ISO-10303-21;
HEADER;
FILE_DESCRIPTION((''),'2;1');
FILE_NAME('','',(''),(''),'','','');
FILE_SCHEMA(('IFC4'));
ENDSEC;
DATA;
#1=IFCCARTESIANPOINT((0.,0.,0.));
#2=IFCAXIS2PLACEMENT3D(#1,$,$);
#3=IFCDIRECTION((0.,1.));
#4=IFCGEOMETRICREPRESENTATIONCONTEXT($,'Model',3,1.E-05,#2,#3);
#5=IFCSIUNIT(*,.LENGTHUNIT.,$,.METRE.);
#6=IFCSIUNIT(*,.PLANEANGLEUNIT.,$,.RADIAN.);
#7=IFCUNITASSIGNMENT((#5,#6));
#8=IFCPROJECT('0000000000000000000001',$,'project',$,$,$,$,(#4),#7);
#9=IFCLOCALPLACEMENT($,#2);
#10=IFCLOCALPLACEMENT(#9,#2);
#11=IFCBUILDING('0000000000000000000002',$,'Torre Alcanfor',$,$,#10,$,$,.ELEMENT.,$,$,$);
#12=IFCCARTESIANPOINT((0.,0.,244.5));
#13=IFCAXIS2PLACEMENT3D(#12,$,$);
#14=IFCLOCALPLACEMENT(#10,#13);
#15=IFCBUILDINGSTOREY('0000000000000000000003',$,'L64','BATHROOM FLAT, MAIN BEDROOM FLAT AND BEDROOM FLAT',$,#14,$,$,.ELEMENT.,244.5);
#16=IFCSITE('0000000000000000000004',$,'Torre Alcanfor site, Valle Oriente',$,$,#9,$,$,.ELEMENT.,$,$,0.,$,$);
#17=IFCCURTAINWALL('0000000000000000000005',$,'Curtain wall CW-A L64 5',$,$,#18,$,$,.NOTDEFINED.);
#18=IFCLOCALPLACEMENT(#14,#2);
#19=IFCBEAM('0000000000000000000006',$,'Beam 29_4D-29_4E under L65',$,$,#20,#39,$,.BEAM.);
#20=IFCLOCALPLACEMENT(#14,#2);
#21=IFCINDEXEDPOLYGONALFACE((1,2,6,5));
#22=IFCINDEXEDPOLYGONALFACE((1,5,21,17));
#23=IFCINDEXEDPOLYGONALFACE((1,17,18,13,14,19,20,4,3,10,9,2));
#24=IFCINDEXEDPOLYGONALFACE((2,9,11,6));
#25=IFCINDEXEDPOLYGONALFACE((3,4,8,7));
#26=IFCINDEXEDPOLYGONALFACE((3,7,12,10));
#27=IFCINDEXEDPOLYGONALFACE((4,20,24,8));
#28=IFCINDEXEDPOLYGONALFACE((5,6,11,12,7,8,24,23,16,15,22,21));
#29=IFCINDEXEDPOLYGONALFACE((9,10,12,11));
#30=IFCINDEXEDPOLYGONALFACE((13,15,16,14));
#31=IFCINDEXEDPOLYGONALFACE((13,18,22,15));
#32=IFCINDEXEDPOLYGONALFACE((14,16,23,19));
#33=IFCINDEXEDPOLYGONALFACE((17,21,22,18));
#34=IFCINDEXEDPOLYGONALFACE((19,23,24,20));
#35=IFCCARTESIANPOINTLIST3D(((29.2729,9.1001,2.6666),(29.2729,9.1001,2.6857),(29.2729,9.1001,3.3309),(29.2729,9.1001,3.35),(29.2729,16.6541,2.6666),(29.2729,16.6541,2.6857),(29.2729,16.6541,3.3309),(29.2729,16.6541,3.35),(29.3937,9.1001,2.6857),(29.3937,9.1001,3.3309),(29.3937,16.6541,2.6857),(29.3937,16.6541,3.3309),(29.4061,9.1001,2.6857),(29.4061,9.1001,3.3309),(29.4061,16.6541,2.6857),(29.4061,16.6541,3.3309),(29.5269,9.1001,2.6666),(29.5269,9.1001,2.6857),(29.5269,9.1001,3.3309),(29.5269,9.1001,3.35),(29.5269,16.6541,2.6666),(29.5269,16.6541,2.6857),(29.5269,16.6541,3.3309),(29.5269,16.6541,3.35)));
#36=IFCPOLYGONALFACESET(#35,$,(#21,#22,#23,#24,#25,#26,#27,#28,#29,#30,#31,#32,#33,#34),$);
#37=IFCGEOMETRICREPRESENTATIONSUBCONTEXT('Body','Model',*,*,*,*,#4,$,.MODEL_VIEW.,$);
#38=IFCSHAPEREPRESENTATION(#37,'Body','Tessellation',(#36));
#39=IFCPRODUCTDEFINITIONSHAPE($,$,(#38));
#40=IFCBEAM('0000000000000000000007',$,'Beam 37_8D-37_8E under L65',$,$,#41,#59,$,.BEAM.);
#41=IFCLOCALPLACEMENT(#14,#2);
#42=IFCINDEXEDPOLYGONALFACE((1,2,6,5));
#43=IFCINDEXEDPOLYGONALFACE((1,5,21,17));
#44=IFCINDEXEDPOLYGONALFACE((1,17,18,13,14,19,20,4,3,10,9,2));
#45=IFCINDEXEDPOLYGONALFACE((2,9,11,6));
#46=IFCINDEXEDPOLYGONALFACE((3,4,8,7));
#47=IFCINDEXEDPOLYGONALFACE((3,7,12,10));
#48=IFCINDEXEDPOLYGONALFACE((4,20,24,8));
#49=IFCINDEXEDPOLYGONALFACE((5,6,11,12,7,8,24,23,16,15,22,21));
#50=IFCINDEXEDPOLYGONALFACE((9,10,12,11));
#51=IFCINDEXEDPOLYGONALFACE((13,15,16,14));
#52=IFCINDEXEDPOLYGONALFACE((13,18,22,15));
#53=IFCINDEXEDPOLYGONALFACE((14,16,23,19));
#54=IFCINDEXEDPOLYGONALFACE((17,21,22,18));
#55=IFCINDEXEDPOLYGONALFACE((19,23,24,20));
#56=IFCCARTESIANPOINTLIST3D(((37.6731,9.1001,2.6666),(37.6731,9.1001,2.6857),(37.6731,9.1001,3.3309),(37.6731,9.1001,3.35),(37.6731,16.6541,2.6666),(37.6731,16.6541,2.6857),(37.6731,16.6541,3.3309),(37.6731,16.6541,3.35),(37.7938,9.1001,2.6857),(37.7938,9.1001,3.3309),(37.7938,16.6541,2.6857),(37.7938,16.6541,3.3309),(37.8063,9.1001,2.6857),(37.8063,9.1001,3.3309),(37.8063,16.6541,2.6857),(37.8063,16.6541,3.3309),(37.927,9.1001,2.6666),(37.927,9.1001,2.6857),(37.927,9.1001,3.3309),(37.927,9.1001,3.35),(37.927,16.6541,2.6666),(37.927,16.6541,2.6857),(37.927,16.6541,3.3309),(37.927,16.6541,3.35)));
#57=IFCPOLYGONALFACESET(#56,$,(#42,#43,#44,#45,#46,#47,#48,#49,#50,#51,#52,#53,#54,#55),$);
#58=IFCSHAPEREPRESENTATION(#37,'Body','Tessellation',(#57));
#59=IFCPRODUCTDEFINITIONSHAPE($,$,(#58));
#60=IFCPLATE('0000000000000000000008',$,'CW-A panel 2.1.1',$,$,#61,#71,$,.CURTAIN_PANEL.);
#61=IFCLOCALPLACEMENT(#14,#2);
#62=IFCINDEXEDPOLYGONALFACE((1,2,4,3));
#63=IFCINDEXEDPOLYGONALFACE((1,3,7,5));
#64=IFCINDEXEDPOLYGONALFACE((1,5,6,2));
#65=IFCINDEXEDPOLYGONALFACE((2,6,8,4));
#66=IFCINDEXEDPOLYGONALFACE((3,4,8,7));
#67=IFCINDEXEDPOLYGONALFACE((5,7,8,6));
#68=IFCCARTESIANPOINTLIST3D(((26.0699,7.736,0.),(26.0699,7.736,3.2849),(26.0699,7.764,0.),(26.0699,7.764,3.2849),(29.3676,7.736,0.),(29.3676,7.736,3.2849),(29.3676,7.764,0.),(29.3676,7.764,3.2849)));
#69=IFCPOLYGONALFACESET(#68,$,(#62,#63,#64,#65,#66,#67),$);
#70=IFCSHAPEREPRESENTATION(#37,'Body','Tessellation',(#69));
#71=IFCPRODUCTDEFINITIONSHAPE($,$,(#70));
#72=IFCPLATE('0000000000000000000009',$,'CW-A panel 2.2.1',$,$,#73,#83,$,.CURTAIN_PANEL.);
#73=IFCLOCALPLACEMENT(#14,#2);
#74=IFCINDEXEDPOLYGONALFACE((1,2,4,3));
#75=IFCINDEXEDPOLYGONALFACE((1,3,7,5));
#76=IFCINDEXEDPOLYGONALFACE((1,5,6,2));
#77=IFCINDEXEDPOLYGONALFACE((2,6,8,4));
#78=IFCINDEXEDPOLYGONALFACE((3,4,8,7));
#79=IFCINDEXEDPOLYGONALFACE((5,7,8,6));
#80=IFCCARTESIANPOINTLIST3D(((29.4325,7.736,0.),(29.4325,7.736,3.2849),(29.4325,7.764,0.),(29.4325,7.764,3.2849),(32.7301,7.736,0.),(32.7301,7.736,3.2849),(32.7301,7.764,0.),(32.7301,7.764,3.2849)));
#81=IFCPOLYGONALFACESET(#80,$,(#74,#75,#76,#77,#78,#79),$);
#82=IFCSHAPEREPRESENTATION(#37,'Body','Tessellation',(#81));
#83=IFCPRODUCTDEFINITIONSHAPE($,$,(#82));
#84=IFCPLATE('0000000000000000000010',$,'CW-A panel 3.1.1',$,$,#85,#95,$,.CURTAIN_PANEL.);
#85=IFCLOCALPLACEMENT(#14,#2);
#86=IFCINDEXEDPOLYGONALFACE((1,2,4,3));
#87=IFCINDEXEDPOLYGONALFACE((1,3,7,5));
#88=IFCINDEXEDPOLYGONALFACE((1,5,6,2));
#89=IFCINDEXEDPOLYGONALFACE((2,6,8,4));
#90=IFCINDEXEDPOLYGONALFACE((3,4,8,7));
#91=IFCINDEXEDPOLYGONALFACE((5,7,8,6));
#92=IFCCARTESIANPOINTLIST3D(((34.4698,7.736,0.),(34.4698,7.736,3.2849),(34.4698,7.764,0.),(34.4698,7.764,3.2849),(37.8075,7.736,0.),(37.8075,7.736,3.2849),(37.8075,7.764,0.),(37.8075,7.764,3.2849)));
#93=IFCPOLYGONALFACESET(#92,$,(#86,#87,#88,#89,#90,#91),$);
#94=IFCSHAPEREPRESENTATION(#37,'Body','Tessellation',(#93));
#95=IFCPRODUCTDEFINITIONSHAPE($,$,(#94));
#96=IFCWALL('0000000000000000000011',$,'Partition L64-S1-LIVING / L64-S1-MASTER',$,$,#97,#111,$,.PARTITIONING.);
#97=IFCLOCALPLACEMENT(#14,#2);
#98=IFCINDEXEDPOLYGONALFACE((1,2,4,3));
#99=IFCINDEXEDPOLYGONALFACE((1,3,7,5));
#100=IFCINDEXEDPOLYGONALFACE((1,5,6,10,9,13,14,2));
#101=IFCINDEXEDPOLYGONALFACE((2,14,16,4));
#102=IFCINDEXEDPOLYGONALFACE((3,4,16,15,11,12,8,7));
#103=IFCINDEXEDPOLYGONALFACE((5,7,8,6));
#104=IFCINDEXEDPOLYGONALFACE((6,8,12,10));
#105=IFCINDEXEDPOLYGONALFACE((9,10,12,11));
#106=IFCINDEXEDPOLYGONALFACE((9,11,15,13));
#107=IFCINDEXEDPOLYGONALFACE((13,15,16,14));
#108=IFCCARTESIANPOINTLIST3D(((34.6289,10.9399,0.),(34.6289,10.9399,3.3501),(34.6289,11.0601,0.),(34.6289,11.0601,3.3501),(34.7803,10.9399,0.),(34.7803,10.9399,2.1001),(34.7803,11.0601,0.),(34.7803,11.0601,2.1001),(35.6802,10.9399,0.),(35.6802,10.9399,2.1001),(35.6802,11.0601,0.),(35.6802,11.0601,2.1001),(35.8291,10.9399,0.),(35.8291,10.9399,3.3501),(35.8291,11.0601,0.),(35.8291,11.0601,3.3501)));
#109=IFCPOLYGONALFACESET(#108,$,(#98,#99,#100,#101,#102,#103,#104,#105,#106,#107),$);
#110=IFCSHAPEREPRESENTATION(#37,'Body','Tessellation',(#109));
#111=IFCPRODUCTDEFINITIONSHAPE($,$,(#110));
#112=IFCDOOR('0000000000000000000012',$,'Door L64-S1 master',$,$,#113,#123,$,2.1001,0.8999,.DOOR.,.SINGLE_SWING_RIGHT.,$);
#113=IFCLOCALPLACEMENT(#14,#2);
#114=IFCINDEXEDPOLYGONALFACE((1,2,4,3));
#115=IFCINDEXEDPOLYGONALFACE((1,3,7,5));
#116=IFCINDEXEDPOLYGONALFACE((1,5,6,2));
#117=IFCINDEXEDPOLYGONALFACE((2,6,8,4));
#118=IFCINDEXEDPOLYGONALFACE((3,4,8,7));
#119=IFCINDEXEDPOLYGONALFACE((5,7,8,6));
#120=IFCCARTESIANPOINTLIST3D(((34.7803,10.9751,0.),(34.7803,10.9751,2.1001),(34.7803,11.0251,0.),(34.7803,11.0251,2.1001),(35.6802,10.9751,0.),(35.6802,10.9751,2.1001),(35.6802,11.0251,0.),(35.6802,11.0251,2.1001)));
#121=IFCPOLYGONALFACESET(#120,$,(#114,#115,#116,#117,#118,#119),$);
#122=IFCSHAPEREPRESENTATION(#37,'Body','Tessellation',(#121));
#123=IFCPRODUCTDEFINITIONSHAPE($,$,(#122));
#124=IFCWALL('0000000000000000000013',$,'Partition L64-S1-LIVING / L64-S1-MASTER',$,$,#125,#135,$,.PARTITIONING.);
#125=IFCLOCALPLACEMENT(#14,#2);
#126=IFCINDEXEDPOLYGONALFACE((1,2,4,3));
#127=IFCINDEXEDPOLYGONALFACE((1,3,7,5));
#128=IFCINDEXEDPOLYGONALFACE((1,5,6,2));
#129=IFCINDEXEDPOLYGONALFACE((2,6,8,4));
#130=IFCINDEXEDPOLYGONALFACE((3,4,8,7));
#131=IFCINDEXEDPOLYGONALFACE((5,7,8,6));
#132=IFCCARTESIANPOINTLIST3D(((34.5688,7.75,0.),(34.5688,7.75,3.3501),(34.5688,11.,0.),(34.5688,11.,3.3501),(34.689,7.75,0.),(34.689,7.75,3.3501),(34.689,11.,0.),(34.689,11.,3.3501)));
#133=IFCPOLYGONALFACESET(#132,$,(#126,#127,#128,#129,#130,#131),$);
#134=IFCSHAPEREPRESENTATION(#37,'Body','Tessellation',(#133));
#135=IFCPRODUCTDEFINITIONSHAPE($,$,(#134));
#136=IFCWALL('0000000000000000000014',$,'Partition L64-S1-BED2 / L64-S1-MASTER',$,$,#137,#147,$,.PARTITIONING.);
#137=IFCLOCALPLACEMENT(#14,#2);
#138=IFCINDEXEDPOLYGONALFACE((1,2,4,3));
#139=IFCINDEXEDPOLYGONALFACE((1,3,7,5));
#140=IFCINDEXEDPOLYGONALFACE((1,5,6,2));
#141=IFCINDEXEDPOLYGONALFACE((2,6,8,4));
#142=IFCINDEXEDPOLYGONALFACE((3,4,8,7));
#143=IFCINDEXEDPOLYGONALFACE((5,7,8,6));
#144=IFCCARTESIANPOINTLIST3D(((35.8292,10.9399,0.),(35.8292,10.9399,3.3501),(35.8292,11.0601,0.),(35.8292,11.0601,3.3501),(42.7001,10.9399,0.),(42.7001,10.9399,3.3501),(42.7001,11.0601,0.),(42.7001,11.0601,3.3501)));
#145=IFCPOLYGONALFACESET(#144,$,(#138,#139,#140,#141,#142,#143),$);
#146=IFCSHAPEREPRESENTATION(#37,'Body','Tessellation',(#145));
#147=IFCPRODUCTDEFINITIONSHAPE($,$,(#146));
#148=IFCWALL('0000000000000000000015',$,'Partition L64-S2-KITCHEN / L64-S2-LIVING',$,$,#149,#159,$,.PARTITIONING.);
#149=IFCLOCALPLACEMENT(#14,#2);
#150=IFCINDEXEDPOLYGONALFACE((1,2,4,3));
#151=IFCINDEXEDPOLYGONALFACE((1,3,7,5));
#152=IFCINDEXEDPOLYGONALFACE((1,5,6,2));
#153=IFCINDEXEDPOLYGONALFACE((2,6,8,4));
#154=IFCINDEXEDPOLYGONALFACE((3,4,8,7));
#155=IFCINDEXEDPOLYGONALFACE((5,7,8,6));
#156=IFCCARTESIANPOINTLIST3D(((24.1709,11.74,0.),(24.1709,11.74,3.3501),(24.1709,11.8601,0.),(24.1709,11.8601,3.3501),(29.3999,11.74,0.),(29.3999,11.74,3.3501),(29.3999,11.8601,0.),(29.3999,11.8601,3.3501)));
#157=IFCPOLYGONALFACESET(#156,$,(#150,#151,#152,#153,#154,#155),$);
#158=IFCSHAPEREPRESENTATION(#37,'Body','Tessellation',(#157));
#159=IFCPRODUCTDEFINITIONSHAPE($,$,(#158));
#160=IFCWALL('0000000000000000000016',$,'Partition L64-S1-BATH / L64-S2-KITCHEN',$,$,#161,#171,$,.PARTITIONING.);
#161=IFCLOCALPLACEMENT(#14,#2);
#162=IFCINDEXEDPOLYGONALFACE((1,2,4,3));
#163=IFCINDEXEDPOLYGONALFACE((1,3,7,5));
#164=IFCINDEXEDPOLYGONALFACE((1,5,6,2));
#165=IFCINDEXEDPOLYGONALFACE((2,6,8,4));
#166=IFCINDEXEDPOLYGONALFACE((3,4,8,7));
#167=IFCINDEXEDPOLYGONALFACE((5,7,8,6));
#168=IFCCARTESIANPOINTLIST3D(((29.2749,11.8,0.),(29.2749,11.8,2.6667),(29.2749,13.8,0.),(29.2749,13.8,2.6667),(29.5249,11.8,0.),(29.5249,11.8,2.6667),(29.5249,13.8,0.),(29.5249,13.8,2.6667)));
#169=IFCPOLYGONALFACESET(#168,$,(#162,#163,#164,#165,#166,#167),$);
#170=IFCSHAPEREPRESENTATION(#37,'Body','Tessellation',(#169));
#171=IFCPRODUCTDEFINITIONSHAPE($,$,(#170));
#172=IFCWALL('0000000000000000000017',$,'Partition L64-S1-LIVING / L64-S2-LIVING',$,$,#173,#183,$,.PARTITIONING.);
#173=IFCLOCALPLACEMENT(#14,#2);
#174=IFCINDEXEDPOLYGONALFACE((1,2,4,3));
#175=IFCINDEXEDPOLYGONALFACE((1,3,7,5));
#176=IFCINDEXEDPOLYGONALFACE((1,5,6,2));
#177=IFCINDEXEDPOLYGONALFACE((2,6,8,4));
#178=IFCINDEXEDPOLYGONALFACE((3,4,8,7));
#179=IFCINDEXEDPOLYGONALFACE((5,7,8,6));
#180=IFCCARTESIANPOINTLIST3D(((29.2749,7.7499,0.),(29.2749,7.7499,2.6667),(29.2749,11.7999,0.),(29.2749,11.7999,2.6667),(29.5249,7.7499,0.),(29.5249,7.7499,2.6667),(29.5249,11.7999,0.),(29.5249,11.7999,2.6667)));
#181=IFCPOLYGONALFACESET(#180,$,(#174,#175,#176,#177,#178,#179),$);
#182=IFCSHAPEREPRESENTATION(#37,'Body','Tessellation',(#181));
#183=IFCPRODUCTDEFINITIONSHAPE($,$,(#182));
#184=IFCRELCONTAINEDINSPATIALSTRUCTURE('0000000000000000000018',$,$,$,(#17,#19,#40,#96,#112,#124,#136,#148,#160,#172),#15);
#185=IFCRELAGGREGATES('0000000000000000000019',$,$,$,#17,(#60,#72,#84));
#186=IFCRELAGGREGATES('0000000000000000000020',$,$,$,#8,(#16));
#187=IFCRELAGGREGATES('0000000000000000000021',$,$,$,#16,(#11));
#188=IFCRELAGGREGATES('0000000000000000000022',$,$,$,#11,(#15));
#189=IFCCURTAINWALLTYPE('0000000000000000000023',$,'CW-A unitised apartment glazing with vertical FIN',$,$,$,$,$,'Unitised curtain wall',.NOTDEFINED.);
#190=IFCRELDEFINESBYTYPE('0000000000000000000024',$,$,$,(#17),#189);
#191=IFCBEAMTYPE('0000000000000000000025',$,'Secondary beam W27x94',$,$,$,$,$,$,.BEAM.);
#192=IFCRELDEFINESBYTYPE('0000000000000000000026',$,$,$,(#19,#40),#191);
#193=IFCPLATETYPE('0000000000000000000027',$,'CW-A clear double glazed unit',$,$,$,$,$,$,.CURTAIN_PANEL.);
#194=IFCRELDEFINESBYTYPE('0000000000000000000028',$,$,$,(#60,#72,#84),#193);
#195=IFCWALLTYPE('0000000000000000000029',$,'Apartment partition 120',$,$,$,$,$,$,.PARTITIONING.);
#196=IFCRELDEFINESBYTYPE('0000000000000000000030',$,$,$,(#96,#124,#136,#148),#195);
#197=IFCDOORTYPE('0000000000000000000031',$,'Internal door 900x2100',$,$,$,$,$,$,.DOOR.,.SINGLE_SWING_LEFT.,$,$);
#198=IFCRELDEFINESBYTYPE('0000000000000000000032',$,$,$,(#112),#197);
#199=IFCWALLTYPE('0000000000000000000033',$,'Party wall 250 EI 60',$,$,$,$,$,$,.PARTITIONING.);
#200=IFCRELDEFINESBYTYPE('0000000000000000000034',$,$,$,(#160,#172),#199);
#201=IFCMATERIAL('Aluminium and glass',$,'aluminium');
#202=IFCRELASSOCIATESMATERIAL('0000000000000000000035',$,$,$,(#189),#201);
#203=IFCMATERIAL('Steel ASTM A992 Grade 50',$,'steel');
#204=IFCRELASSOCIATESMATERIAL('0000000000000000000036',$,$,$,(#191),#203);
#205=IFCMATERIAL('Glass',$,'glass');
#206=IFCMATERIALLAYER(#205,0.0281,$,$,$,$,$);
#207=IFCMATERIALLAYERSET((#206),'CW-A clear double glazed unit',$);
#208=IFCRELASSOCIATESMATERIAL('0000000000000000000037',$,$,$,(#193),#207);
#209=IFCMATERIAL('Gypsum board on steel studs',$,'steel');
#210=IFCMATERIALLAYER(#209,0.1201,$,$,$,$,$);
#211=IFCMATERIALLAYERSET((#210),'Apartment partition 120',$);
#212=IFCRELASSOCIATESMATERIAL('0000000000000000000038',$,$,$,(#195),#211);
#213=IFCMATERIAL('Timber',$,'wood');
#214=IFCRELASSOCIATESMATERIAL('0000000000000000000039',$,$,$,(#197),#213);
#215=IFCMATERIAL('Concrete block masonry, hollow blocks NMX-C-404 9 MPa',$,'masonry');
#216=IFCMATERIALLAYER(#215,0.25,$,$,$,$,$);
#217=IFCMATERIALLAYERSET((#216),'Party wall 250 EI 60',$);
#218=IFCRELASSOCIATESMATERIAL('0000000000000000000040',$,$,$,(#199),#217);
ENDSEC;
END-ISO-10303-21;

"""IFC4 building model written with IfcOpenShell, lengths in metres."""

from ifc_helpers import new_model, si_unit, direction, frame, frame_2d, origin, origin_2d, place, context, subcontext, project, spatial, rectangle, i_section, extrude, material, layer, layer_set, material_profile, profile_set, type_object, element, fill, aggregate, save


model = new_model("IFC4")

# Units and contexts
model_context = context("Model", 3, precision=1e-05, world=origin(), true_north=direction((0.0, 1.0)))
body_context = subcontext(model_context, "Body", "Model", "MODEL_VIEW")
ifc_project = project(units=[si_unit("LENGTHUNIT", "METRE"), si_unit("PLANEANGLEUNIT", "RADIAN")], contexts=[model_context])

# Site, building, storey
site_placement = place(None, origin())
site = spatial("IfcSite", under=ifc_project, at=site_placement, Name="Torre Alcanfor site, Valle Oriente", CompositionType="ELEMENT", RefElevation=0.0)
building_placement = place(site_placement, origin())
building = spatial("IfcBuilding", under=site, at=building_placement, Name="Torre Alcanfor", CompositionType="ELEMENT")
storey_placement = place(building_placement, frame((0.0, 0.0, 244.5)))
storey = spatial("IfcBuildingStorey", under=building, at=storey_placement, Name="L64", Description="BATHROOM FLAT, MAIN BEDROOM FLAT AND BEDROOM FLAT", CompositionType="ELEMENT", Elevation=244.5)

# Curtain wall
ifc_material_1 = material(Name="Aluminium and glass", Category="aluminium")
curtain_wall_type = type_object("IfcCurtainWallType", Name="CW-A unitised apartment glazing with vertical FIN", ElementType="Unitised curtain wall", PredefinedType="NOTDEFINED", material=ifc_material_1)
curtain_wall_placement = place(storey_placement, origin())
curtain_wall = element("IfcCurtainWall", 1, at=curtain_wall_placement, inside=storey, type_object=curtain_wall_type, Name="Curtain wall CW-A L64 5", PredefinedType="NOTDEFINED")

# Beams
ifc_material_2 = material(Name="Steel ASTM A992 Grade 50", Category="steel")
ifc_material_profile_1 = material_profile(ifc_material_2, i_section(OverallWidth=0.2539, OverallDepth=0.6833, WebThickness=0.0125, FlangeThickness=0.019, at=origin_2d()), Name="W27x94")
ifc_profile_set_1 = profile_set([ifc_material_profile_1], Name="Steel ASTM A992 Grade 50")
beam_type_1 = type_object("IfcBeamType", Name="Secondary beam W27x94", PredefinedType="BEAM", material=ifc_profile_set_1)
for number, where, z_axis, x_axis, name in (
    (2, (29.3999, 9.1001, 3.0083), (0.0, 1.0, 0.0), (-1.0, 0.0, 0.0), "Beam 29_4D-29_4E under L65"),
    (3, (37.8, 9.1001, 3.0083), (0.0, 1.0, 0.0), (-1.0, 0.0, 0.0), "Beam 37_8D-37_8E under L65"),
):
    element("IfcBeam", number, at=place(storey_placement, frame(where, z_axis=z_axis, x_axis=x_axis)), inside=storey, type_object=beam_type_1, Name=name, PredefinedType="BEAM", context=body_context, shape_type="SweptSolid", body=[
        extrude(i_section(OverallWidth=0.2539, OverallDepth=0.6833, WebThickness=0.0125, FlangeThickness=0.019, at=origin_2d()), origin(), (0.0, 0.0, 1.0), 7.554),
    ])

# Plates
ifc_material_3 = material(Name="Glass", Category="glass")
ifc_layer_1 = layer(ifc_material_3, 0.0281)
ifc_layer_set_1 = layer_set([ifc_layer_1], Name="CW-A clear double glazed unit")
plate_type = type_object("IfcPlateType", Name="CW-A clear double glazed unit", PredefinedType="CURTAIN_PANEL", material=ifc_layer_set_1)
plate_1_placement = place(storey_placement, frame((27.7188, 7.75, 0.0), z_axis=(0.0, 0.0, 1.0), x_axis=(1.0, 0.0, 0.0)))
plate_1 = element("IfcPlate", 4, at=plate_1_placement, type_object=plate_type, Name="CW-A panel 2.1.1", PredefinedType="CURTAIN_PANEL", context=body_context, shape_type="SweptSolid", body=[
    extrude(rectangle(XDim=3.2976, YDim=0.0281, at=origin_2d()), origin(), (0.0, 0.0, 1.0), 3.2849),
])
plate_2_placement = place(storey_placement, frame((31.0813, 7.75, 0.0), z_axis=(0.0, 0.0, 1.0), x_axis=(1.0, 0.0, 0.0)))
plate_2 = element("IfcPlate", 5, at=plate_2_placement, type_object=plate_type, Name="CW-A panel 2.2.1", PredefinedType="CURTAIN_PANEL", context=body_context, shape_type="SweptSolid", body=[
    extrude(rectangle(XDim=3.2976, YDim=0.0281, at=origin_2d()), origin(), (0.0, 0.0, 1.0), 3.2849),
])
plate_3_placement = place(storey_placement, frame((36.1387, 7.75, 0.0), z_axis=(0.0, 0.0, 1.0), x_axis=(1.0, 0.0, 0.0)))
plate_3 = element("IfcPlate", 6, at=plate_3_placement, type_object=plate_type, Name="CW-A panel 3.1.1", PredefinedType="CURTAIN_PANEL", context=body_context, shape_type="SweptSolid", body=[
    extrude(rectangle(XDim=3.3376, YDim=0.0281, at=origin_2d()), origin(), (0.0, 0.0, 1.0), 3.2849),
])
aggregate(curtain_wall, [plate_1, plate_2, plate_3])

# Wall, opening, door
ifc_material_4 = material(Name="Gypsum board on steel studs", Category="steel")
ifc_layer_2 = layer(ifc_material_4, 0.1201)
ifc_layer_set_2 = layer_set([ifc_layer_2], Name="Apartment partition 120")
wall_type_1 = type_object("IfcWallType", Name="Apartment partition 120", PredefinedType="PARTITIONING", material=ifc_layer_set_2)
wall_1_placement = place(storey_placement, frame((35.8291, 11.0, 0.0), z_axis=(0.0, 0.0, 1.0), x_axis=(-1.0, 0.0, 0.0)))
wall_1 = element("IfcWall", 7, at=wall_1_placement, inside=storey, type_object=wall_type_1, Name="Partition L64-S1-LIVING / L64-S1-MASTER", PredefinedType="PARTITIONING", context=body_context, shape_type="SweptSolid", body=[
    extrude(rectangle(XDim=1.2002, YDim=0.1201, at=frame_2d((0.6001, 0.0))), origin(), (0.0, 0.0, 1.0), 3.3501),
])
opening_1_placement = place(wall_1_placement, frame((0.1489, 0.0, 0.0)))
opening_1 = element("IfcOpeningElement", 8, at=opening_1_placement, cuts=wall_1, PredefinedType="OPENING", context=body_context, shape_type="SweptSolid", body=[
    extrude(rectangle(XDim=0.8999, YDim=2.1001, at=frame_2d((0.45, 1.05))), frame((0.0, 0.0701, 0.0), z_axis=(0.0, -1.0, 0.0), x_axis=(1.0, 0.0, 0.0)), (0.0, 0.0, 1.0), 0.1401),
])
ifc_material_5 = material(Name="Timber", Category="wood")
door_type_1 = type_object("IfcDoorType", Name="Internal door 900x2100", OperationType="SINGLE_SWING_LEFT", PredefinedType="DOOR", material=ifc_material_5)
door_1_placement = place(opening_1_placement, origin())
door_1 = element("IfcDoor", 9, at=door_1_placement, inside=storey, type_object=door_type_1, Name="Door L64-S1 master", OperationType="SINGLE_SWING_RIGHT", OverallHeight=2.1001, OverallWidth=0.8999, PredefinedType="DOOR", context=body_context, shape_type="SweptSolid", body=[
    extrude(rectangle(XDim=0.8999, YDim=2.1001, at=frame_2d((0.45, 1.05))), frame((0.0, 0.0249, 0.0), z_axis=(0.0, -1.0, 0.0), x_axis=(1.0, 0.0, 0.0)), (0.0, 0.0, 1.0), 0.05),
])
fill(opening_1, door_1)

# Walls
wall_2_placement = place(storey_placement, frame((34.6289, 11.0, 0.0), z_axis=(0.0, 0.0, 1.0), x_axis=(0.0, -1.0, 0.0)))
element("IfcWall", 10, at=wall_2_placement, inside=storey, type_object=wall_type_1, Name="Partition L64-S1-LIVING / L64-S1-MASTER", PredefinedType="PARTITIONING", context=body_context, shape_type="SweptSolid", body=[
    extrude(rectangle(XDim=3.25, YDim=0.1201, at=frame_2d((1.625, 0.0))), origin(), (0.0, 0.0, 1.0), 3.3501),
])
wall_3_placement = place(storey_placement, frame((35.8291, 11.0, 0.0), z_axis=(0.0, 0.0, 1.0), x_axis=(1.0, 0.0, 0.0)))
element("IfcWall", 11, at=wall_3_placement, inside=storey, type_object=wall_type_1, Name="Partition L64-S1-BED2 / L64-S1-MASTER", PredefinedType="PARTITIONING", context=body_context, shape_type="SweptSolid", body=[
    extrude(rectangle(XDim=6.8708, YDim=0.1201, at=frame_2d((3.4355, 0.0))), origin(), (0.0, 0.0, 1.0), 3.3501),
])
wall_4_placement = place(storey_placement, frame((29.3999, 11.8, 0.0), z_axis=(0.0, 0.0, 1.0), x_axis=(-1.0, 0.0, 0.0)))
element("IfcWall", 12, at=wall_4_placement, inside=storey, type_object=wall_type_1, Name="Partition L64-S2-KITCHEN / L64-S2-LIVING", PredefinedType="PARTITIONING", context=body_context, shape_type="SweptSolid", body=[
    extrude(rectangle(XDim=5.229, YDim=0.1201, at=frame_2d((2.6145, 0.0))), origin(), (0.0, 0.0, 1.0), 3.3501),
])
ifc_material_6 = material(Name="Concrete block masonry, hollow blocks NMX-C-404 9 MPa", Category="masonry")
ifc_layer_3 = layer(ifc_material_6, 0.25)
ifc_layer_set_3 = layer_set([ifc_layer_3], Name="Party wall 250 EI 60")
wall_type_2 = type_object("IfcWallType", Name="Party wall 250 EI 60", PredefinedType="PARTITIONING", material=ifc_layer_set_3)
wall_5_placement = place(storey_placement, frame((29.3999, 13.8, 0.0), z_axis=(0.0, 0.0, 1.0), x_axis=(0.0, -1.0, 0.0)))
element("IfcWall", 13, at=wall_5_placement, inside=storey, type_object=wall_type_2, Name="Partition L64-S1-BATH / L64-S2-KITCHEN", PredefinedType="PARTITIONING", context=body_context, shape_type="SweptSolid", body=[
    extrude(rectangle(XDim=2.0, YDim=0.25, at=frame_2d((1.0, 0.0))), origin(), (0.0, 0.0, 1.0), 2.6667),
])
wall_6_placement = place(storey_placement, frame((29.3999, 7.75, 0.0), z_axis=(0.0, 0.0, 1.0), x_axis=(0.0, 1.0, 0.0)))
element("IfcWall", 14, at=wall_6_placement, inside=storey, type_object=wall_type_2, Name="Partition L64-S1-LIVING / L64-S2-LIVING", PredefinedType="PARTITIONING", context=body_context, shape_type="SweptSolid", body=[
    extrude(rectangle(XDim=4.05, YDim=0.25, at=frame_2d((2.0249, 0.0))), origin(), (0.0, 0.0, 1.0), 2.6667),
])

save(model, "model.ifc")
